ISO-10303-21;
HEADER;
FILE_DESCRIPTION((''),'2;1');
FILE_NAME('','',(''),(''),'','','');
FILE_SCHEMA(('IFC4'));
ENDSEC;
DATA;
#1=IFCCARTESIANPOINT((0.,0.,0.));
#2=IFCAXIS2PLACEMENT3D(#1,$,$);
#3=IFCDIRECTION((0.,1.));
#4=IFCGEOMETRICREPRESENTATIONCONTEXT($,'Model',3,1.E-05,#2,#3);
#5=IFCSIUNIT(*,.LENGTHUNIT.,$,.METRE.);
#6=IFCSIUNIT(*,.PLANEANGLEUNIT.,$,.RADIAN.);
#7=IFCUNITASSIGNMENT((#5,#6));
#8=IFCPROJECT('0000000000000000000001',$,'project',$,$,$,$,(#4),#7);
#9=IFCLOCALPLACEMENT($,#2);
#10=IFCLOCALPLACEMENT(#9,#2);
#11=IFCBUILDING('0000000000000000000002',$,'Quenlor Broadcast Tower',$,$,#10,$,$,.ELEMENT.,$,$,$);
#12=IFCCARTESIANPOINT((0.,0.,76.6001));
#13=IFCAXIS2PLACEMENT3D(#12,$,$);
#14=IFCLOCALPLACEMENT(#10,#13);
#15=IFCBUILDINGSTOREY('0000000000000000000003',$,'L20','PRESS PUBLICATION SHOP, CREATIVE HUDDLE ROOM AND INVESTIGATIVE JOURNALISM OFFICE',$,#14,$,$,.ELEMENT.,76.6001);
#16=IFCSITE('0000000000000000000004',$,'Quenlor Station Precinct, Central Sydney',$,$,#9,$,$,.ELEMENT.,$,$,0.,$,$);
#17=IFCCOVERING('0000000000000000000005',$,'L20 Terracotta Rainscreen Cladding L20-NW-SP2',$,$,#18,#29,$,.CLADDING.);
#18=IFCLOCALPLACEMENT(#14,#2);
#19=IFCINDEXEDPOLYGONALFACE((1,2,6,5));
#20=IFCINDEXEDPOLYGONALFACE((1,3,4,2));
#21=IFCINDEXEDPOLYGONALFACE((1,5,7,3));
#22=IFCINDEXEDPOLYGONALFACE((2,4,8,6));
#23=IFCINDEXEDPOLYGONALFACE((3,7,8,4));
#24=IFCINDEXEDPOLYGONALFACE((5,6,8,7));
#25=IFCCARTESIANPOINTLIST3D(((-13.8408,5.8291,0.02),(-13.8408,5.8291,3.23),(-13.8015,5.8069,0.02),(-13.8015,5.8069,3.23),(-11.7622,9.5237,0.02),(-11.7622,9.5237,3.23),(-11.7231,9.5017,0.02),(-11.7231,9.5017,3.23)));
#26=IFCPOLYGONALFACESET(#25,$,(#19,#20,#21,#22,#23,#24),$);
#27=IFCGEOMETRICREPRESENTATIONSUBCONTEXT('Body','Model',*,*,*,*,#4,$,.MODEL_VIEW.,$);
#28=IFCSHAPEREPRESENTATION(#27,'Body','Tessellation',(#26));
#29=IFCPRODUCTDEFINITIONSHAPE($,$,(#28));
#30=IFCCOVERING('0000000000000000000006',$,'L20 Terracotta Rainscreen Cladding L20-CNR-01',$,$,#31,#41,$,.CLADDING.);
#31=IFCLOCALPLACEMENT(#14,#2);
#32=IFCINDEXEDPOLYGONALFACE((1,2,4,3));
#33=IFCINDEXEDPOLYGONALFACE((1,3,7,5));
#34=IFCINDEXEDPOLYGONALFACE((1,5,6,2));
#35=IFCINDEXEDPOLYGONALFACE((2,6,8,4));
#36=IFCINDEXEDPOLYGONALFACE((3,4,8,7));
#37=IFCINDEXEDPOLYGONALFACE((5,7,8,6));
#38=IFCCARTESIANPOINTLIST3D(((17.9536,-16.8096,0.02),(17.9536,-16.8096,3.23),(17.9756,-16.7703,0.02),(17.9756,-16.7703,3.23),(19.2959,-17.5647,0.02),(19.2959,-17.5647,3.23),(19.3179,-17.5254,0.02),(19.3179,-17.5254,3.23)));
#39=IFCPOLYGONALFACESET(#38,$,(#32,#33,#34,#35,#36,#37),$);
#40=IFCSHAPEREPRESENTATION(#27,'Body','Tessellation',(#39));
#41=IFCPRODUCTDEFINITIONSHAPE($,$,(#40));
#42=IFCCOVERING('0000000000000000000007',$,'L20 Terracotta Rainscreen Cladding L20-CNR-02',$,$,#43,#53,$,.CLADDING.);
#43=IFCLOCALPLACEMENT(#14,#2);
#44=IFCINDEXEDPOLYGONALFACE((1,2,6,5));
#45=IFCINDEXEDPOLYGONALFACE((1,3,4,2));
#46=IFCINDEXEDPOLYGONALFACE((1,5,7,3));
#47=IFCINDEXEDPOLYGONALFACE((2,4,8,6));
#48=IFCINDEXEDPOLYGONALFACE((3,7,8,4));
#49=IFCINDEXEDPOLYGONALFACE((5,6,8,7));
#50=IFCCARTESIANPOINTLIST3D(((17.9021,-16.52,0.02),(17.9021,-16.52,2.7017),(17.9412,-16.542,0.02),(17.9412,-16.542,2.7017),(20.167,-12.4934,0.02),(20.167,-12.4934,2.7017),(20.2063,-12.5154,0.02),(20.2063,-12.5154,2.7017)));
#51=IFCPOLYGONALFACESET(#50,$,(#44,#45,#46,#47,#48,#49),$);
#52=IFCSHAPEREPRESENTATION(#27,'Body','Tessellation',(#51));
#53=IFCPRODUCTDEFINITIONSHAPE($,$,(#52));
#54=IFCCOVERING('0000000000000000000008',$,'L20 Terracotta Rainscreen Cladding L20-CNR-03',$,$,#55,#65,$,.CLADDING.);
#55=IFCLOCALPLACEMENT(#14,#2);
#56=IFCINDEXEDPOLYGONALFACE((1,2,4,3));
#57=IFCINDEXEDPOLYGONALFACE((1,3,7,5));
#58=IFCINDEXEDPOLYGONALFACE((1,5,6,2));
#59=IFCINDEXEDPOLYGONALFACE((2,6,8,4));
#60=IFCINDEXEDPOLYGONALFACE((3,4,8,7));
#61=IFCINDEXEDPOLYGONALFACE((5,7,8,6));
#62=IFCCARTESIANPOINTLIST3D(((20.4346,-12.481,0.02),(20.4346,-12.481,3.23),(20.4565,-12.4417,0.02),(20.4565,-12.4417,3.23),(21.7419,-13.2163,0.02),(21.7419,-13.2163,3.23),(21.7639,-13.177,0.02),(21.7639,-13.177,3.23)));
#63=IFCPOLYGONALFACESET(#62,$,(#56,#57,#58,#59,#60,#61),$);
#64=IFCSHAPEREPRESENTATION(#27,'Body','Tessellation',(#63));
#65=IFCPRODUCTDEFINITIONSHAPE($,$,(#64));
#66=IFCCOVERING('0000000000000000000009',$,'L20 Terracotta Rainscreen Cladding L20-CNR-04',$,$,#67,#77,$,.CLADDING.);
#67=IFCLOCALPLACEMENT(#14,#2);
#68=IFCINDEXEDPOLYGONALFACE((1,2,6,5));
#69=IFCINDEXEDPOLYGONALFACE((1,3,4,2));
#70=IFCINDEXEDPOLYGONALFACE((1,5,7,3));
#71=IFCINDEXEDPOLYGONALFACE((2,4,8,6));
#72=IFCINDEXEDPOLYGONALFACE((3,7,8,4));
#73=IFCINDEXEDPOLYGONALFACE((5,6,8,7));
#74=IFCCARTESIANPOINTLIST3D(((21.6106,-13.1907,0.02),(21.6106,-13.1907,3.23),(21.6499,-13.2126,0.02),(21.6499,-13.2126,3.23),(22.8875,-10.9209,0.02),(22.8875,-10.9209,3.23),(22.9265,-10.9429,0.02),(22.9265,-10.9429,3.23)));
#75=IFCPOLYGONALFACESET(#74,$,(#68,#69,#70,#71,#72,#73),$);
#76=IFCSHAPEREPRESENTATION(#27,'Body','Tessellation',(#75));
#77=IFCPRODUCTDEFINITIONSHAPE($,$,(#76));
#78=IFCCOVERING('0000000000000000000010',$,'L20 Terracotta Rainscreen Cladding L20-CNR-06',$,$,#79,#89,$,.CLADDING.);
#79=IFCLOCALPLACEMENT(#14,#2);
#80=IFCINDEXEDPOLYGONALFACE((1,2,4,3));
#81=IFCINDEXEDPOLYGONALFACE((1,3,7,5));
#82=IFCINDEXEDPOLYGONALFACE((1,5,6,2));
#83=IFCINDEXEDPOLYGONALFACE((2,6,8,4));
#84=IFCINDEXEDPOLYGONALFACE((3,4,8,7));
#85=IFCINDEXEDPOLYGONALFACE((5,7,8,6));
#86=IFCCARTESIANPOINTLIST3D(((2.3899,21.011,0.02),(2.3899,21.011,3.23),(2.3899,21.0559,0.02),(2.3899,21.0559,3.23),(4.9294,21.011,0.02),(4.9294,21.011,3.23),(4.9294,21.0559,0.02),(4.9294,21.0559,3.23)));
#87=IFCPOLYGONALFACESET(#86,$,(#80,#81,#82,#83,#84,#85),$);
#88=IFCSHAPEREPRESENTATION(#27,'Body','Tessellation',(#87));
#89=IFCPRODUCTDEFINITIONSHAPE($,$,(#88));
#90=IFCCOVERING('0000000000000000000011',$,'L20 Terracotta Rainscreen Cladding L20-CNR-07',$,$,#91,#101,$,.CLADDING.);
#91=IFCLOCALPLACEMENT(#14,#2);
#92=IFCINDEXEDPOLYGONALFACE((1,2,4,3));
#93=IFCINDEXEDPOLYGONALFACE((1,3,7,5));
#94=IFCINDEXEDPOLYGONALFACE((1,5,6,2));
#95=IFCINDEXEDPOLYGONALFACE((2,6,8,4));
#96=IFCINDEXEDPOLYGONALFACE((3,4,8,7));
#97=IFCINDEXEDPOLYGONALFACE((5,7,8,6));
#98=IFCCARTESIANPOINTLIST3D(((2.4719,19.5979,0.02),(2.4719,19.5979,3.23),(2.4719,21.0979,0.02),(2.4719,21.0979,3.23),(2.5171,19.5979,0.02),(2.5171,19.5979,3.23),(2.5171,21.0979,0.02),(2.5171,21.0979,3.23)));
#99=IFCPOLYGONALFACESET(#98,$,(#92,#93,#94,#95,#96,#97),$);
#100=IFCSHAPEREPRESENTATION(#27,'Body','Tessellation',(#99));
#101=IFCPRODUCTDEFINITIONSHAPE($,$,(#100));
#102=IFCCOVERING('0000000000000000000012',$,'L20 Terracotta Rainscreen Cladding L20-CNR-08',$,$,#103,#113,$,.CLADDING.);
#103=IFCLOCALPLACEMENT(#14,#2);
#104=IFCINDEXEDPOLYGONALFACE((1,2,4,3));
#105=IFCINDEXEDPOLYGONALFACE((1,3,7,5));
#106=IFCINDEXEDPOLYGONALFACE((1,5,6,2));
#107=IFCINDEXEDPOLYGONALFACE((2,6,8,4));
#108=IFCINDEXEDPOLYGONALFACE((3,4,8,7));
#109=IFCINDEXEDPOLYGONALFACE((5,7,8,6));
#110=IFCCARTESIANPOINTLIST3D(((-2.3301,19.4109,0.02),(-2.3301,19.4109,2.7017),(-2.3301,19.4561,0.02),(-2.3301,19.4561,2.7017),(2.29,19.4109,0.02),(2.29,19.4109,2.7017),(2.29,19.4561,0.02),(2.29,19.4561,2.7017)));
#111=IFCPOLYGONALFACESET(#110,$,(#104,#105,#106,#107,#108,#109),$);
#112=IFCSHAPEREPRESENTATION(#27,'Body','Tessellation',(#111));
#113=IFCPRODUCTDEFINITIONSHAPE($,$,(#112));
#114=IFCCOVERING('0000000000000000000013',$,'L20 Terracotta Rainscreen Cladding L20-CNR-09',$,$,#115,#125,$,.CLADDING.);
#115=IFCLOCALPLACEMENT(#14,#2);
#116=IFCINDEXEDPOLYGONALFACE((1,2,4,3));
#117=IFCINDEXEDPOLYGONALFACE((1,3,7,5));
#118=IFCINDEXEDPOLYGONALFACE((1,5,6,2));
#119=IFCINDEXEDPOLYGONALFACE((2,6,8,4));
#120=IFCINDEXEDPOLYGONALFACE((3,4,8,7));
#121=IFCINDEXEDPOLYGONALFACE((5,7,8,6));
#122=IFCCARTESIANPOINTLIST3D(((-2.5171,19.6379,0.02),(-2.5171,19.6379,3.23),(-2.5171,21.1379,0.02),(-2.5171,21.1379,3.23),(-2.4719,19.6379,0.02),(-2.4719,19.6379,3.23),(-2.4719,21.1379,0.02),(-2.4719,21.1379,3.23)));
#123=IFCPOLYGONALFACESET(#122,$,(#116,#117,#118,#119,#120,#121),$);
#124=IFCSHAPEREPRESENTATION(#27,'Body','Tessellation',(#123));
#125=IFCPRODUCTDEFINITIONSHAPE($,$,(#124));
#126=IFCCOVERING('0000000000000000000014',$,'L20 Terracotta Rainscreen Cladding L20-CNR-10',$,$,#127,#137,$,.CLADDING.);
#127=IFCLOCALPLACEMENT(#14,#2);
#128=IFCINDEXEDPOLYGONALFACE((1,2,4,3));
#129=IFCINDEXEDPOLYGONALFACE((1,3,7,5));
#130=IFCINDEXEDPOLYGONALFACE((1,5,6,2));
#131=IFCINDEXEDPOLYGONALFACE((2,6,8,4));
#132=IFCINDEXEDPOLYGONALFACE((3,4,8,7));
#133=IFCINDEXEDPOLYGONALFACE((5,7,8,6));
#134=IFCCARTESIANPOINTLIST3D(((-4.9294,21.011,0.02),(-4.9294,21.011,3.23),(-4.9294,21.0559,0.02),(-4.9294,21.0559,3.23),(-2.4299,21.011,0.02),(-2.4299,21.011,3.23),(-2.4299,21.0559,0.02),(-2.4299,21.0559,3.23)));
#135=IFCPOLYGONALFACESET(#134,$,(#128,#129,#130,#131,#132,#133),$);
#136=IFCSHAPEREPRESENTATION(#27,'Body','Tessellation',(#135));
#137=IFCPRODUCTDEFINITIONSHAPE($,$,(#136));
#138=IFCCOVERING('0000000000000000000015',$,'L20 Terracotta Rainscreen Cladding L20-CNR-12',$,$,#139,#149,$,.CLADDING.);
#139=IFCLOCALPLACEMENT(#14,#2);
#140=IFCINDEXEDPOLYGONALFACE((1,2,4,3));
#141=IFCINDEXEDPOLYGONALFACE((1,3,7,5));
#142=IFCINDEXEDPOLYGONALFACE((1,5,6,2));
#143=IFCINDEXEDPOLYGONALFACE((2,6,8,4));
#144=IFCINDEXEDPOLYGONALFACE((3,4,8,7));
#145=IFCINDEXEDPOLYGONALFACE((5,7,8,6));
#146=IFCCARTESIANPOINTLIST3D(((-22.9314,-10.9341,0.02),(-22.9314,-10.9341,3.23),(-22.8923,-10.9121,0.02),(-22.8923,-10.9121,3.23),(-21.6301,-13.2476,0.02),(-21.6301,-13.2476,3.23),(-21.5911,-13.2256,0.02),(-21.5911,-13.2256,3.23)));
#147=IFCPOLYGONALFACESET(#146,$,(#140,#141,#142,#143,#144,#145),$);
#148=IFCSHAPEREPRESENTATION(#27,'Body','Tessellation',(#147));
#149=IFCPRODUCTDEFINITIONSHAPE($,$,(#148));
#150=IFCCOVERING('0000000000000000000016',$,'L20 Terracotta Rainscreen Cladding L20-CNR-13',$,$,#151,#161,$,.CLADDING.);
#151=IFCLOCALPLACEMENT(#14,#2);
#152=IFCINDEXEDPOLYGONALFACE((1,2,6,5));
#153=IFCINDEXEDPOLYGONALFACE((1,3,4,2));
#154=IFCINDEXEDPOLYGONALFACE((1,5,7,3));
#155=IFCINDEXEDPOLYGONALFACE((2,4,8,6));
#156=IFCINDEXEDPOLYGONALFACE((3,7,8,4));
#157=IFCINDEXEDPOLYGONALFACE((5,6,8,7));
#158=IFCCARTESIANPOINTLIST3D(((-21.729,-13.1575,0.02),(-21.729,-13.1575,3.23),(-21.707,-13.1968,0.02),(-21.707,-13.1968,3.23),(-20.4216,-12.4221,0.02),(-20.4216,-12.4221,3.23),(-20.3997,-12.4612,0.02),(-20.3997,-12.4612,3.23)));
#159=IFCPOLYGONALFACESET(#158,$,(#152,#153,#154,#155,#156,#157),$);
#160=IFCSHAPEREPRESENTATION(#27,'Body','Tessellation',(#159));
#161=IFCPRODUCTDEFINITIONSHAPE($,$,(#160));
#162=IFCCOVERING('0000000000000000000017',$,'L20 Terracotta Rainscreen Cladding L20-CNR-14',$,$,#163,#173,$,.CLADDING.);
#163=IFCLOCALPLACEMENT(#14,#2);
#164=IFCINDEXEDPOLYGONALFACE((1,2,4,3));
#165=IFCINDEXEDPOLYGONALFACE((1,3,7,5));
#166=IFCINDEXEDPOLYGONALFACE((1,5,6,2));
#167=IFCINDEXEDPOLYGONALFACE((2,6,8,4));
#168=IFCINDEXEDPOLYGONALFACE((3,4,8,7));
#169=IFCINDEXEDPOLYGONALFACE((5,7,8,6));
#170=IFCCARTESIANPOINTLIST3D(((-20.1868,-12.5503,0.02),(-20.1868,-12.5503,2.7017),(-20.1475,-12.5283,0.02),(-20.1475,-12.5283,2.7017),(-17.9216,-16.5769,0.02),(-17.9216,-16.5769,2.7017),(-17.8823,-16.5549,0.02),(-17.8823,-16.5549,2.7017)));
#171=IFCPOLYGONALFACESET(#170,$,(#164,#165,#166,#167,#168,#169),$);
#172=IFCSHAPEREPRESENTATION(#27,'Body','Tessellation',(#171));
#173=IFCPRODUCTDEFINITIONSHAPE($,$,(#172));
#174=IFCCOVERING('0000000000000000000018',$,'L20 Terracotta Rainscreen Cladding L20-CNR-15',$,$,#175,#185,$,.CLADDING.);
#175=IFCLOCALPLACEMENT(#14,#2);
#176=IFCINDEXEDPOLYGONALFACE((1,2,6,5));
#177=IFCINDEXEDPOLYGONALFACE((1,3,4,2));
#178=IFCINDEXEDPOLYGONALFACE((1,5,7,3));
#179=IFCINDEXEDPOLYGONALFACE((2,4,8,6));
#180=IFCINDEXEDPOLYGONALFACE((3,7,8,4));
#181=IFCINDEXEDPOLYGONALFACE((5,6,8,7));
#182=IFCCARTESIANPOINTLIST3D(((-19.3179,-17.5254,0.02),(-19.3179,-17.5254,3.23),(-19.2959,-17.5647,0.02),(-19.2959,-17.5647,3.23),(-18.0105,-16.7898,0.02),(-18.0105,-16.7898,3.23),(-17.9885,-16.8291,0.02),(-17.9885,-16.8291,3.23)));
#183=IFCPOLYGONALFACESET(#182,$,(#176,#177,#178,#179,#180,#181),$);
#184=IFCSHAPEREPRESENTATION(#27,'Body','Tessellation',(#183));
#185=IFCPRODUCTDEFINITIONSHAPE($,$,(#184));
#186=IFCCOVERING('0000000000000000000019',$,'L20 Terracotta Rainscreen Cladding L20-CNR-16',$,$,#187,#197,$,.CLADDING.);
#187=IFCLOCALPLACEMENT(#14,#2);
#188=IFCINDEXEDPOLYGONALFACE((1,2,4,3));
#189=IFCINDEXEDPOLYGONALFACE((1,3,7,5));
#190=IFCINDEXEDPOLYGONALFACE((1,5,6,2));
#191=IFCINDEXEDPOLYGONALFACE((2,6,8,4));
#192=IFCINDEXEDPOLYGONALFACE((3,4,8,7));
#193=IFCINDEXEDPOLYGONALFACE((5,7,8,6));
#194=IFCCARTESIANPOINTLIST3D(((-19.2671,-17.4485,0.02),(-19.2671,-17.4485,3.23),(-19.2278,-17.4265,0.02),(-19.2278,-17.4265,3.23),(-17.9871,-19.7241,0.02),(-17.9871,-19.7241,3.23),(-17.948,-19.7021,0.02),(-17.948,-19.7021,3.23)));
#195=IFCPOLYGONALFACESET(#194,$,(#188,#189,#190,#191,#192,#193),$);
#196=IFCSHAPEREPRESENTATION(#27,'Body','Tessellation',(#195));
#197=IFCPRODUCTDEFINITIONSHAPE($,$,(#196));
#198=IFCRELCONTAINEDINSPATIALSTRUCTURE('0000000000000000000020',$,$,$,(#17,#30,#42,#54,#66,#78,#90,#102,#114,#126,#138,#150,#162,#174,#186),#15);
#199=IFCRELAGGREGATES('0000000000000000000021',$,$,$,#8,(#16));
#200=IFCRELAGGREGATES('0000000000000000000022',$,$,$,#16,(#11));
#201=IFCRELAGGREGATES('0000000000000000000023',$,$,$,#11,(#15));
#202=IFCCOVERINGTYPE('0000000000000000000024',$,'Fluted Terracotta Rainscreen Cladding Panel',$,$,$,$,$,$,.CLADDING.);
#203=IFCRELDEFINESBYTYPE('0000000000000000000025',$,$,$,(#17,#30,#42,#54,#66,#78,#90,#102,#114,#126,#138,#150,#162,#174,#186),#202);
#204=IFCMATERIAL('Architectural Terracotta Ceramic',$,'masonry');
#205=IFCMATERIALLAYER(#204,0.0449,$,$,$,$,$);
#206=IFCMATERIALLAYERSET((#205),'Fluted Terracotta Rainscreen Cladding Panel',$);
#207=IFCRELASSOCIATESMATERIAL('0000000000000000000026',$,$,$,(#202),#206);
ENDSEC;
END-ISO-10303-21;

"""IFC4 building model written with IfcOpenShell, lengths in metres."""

from ifc_helpers import new_model, si_unit, direction, frame, origin, place, context, subcontext, project, spatial, polyline, outline, extrude, material, layer, layer_set, type_object, element, save


model = new_model("IFC4")

# Units and contexts
model_context = context("Model", 3, precision=1e-05, world=origin(), true_north=direction((0.0, 1.0)))
body_context = subcontext(model_context, "Body", "Model", "MODEL_VIEW")
ifc_project = project(units=[si_unit("LENGTHUNIT", "METRE"), si_unit("PLANEANGLEUNIT", "RADIAN")], contexts=[model_context])

# Site, building, storey
site_placement = place(None, origin())
site = spatial("IfcSite", under=ifc_project, at=site_placement, Name="Quenlor Station Precinct, Central Sydney", CompositionType="ELEMENT", RefElevation=0.0)
building_placement = place(site_placement, origin())
building = spatial("IfcBuilding", under=site, at=building_placement, Name="Quenlor Broadcast Tower", CompositionType="ELEMENT")
storey_placement = place(building_placement, frame((0.0, 0.0, 76.6001)))
storey = spatial("IfcBuildingStorey", under=building, at=storey_placement, Name="L20", Description="PRESS PUBLICATION SHOP, CREATIVE HUDDLE ROOM AND INVESTIGATIVE JOURNALISM OFFICE", CompositionType="ELEMENT", Elevation=76.6001)

# Coverings
ifc_material_1 = material(Name="Architectural Terracotta Ceramic", Category="masonry")
ifc_layer_1 = layer(ifc_material_1, 0.0449)
ifc_layer_set_1 = layer_set([ifc_layer_1], Name="Fluted Terracotta Rainscreen Cladding Panel")
covering_type_1 = type_object("IfcCoveringType", Name="Fluted Terracotta Rainscreen Cladding Panel", PredefinedType="CLADDING", material=ifc_layer_set_1)
covering_1_placement = place(storey_placement, frame((0.0, 0.0, 0.02)))
element("IfcCovering", 1, at=covering_1_placement, inside=storey, type_object=covering_type_1, Name="L20 Terracotta Rainscreen Cladding L20-NW-SP2", PredefinedType="CLADDING", context=body_context, shape_type="SweptSolid", body=[
    extrude(outline(polyline([(-13.8015, 5.8069), (-11.7231, 9.5017), (-11.7622, 9.5237), (-13.8408, 5.8291), (-13.8015, 5.8069)])), origin(), (0.0, 0.0, 1.0), 3.21),
])
covering_2_placement = place(storey_placement, frame((0.0, 0.0, 0.02)))
element("IfcCovering", 2, at=covering_2_placement, inside=storey, type_object=covering_type_1, Name="L20 Terracotta Rainscreen Cladding L20-CNR-01", PredefinedType="CLADDING", context=body_context, shape_type="SweptSolid", body=[
    extrude(outline(polyline([(19.3179, -17.5254), (17.9756, -16.7703), (17.9536, -16.8096), (19.2959, -17.5647), (19.3179, -17.5254)])), origin(), (0.0, 0.0, 1.0), 3.21),
])
covering_3_placement = place(storey_placement, frame((0.0, 0.0, 0.02)))
element("IfcCovering", 3, at=covering_3_placement, inside=storey, type_object=covering_type_1, Name="L20 Terracotta Rainscreen Cladding L20-CNR-02", PredefinedType="CLADDING", context=body_context, shape_type="SweptSolid", body=[
    extrude(outline(polyline([(17.9412, -16.542), (20.2063, -12.5154), (20.167, -12.4934), (17.9021, -16.52), (17.9412, -16.542)])), origin(), (0.0, 0.0, 1.0), 2.6816),
])
covering_4_placement = place(storey_placement, frame((0.0, 0.0, 0.02)))
element("IfcCovering", 4, at=covering_4_placement, inside=storey, type_object=covering_type_1, Name="L20 Terracotta Rainscreen Cladding L20-CNR-03", PredefinedType="CLADDING", context=body_context, shape_type="SweptSolid", body=[
    extrude(outline(polyline([(20.4346, -12.481), (21.7419, -13.2163), (21.7639, -13.177), (20.4565, -12.4417), (20.4346, -12.481)])), origin(), (0.0, 0.0, 1.0), 3.21),
])
covering_5_placement = place(storey_placement, frame((0.0, 0.0, 0.02)))
element("IfcCovering", 5, at=covering_5_placement, inside=storey, type_object=covering_type_1, Name="L20 Terracotta Rainscreen Cladding L20-CNR-04", PredefinedType="CLADDING", context=body_context, shape_type="SweptSolid", body=[
    extrude(outline(polyline([(21.6499, -13.2126), (22.9265, -10.9429), (22.8875, -10.9209), (21.6106, -13.1907), (21.6499, -13.2126)])), origin(), (0.0, 0.0, 1.0), 3.21),
])
covering_6_placement = place(storey_placement, frame((0.0, 0.0, 0.02)))
element("IfcCovering", 6, at=covering_6_placement, inside=storey, type_object=covering_type_1, Name="L20 Terracotta Rainscreen Cladding L20-CNR-06", PredefinedType="CLADDING", context=body_context, shape_type="SweptSolid", body=[
    extrude(outline(polyline([(4.9294, 21.0559), (2.3899, 21.0559), (2.3899, 21.011), (4.9294, 21.011), (4.9294, 21.0559)])), origin(), (0.0, 0.0, 1.0), 3.21),
])
covering_7_placement = place(storey_placement, frame((0.0, 0.0, 0.02)))
element("IfcCovering", 7, at=covering_7_placement, inside=storey, type_object=covering_type_1, Name="L20 Terracotta Rainscreen Cladding L20-CNR-07", PredefinedType="CLADDING", context=body_context, shape_type="SweptSolid", body=[
    extrude(outline(polyline([(2.4719, 21.0979), (2.4719, 19.5979), (2.5171, 19.5979), (2.5171, 21.0979), (2.4719, 21.0979)])), origin(), (0.0, 0.0, 1.0), 3.21),
])
covering_8_placement = place(storey_placement, frame((0.0, 0.0, 0.02)))
element("IfcCovering", 8, at=covering_8_placement, inside=storey, type_object=covering_type_1, Name="L20 Terracotta Rainscreen Cladding L20-CNR-08", PredefinedType="CLADDING", context=body_context, shape_type="SweptSolid", body=[
    extrude(outline(polyline([(2.29, 19.4561), (-2.3301, 19.4561), (-2.3301, 19.4109), (2.29, 19.4109), (2.29, 19.4561)])), origin(), (0.0, 0.0, 1.0), 2.6816),
])
covering_9_placement = place(storey_placement, frame((0.0, 0.0, 0.02)))
element("IfcCovering", 9, at=covering_9_placement, inside=storey, type_object=covering_type_1, Name="L20 Terracotta Rainscreen Cladding L20-CNR-09", PredefinedType="CLADDING", context=body_context, shape_type="SweptSolid", body=[
    extrude(outline(polyline([(-2.4719, 19.6379), (-2.4719, 21.1379), (-2.5171, 21.1379), (-2.5171, 19.6379), (-2.4719, 19.6379)])), origin(), (0.0, 0.0, 1.0), 3.21),
])
covering_10_placement = place(storey_placement, frame((0.0, 0.0, 0.02)))
element("IfcCovering", 10, at=covering_10_placement, inside=storey, type_object=covering_type_1, Name="L20 Terracotta Rainscreen Cladding L20-CNR-10", PredefinedType="CLADDING", context=body_context, shape_type="SweptSolid", body=[
    extrude(outline(polyline([(-2.4299, 21.0559), (-4.9294, 21.0559), (-4.9294, 21.011), (-2.4299, 21.011), (-2.4299, 21.0559)])), origin(), (0.0, 0.0, 1.0), 3.21),
])
covering_11_placement = place(storey_placement, frame((0.0, 0.0, 0.02)))
element("IfcCovering", 11, at=covering_11_placement, inside=storey, type_object=covering_type_1, Name="L20 Terracotta Rainscreen Cladding L20-CNR-12", PredefinedType="CLADDING", context=body_context, shape_type="SweptSolid", body=[
    extrude(outline(polyline([(-22.9314, -10.9341), (-21.6301, -13.2476), (-21.5911, -13.2256), (-22.8923, -10.9121), (-22.9314, -10.9341)])), origin(), (0.0, 0.0, 1.0), 3.21),
])
covering_12_placement = place(storey_placement, frame((0.0, 0.0, 0.02)))
element("IfcCovering", 12, at=covering_12_placement, inside=storey, type_object=covering_type_1, Name="L20 Terracotta Rainscreen Cladding L20-CNR-13", PredefinedType="CLADDING", context=body_context, shape_type="SweptSolid", body=[
    extrude(outline(polyline([(-21.707, -13.1968), (-20.3997, -12.4612), (-20.4216, -12.4221), (-21.729, -13.1575), (-21.707, -13.1968)])), origin(), (0.0, 0.0, 1.0), 3.21),
])
covering_13_placement = place(storey_placement, frame((0.0, 0.0, 0.02)))
element("IfcCovering", 13, at=covering_13_placement, inside=storey, type_object=covering_type_1, Name="L20 Terracotta Rainscreen Cladding L20-CNR-14", PredefinedType="CLADDING", context=body_context, shape_type="SweptSolid", body=[
    extrude(outline(polyline([(-20.1868, -12.5503), (-17.9216, -16.5769), (-17.8823, -16.5549), (-20.1475, -12.5283), (-20.1868, -12.5503)])), origin(), (0.0, 0.0, 1.0), 2.6816),
])
covering_14_placement = place(storey_placement, frame((0.0, 0.0, 0.02)))
element("IfcCovering", 14, at=covering_14_placement, inside=storey, type_object=covering_type_1, Name="L20 Terracotta Rainscreen Cladding L20-CNR-15", PredefinedType="CLADDING", context=body_context, shape_type="SweptSolid", body=[
    extrude(outline(polyline([(-18.0105, -16.7898), (-19.3179, -17.5254), (-19.2959, -17.5647), (-17.9885, -16.8291), (-18.0105, -16.7898)])), origin(), (0.0, 0.0, 1.0), 3.21),
])
covering_15_placement = place(storey_placement, frame((0.0, 0.0, 0.02)))
element("IfcCovering", 15, at=covering_15_placement, inside=storey, type_object=covering_type_1, Name="L20 Terracotta Rainscreen Cladding L20-CNR-16", PredefinedType="CLADDING", context=body_context, shape_type="SweptSolid", body=[
    extrude(outline(polyline([(-19.2671, -17.4485), (-17.9871, -19.7241), (-17.948, -19.7021), (-19.2278, -17.4265), (-19.2671, -17.4485)])), origin(), (0.0, 0.0, 1.0), 3.21),
])

save(model, "model.ifc")
